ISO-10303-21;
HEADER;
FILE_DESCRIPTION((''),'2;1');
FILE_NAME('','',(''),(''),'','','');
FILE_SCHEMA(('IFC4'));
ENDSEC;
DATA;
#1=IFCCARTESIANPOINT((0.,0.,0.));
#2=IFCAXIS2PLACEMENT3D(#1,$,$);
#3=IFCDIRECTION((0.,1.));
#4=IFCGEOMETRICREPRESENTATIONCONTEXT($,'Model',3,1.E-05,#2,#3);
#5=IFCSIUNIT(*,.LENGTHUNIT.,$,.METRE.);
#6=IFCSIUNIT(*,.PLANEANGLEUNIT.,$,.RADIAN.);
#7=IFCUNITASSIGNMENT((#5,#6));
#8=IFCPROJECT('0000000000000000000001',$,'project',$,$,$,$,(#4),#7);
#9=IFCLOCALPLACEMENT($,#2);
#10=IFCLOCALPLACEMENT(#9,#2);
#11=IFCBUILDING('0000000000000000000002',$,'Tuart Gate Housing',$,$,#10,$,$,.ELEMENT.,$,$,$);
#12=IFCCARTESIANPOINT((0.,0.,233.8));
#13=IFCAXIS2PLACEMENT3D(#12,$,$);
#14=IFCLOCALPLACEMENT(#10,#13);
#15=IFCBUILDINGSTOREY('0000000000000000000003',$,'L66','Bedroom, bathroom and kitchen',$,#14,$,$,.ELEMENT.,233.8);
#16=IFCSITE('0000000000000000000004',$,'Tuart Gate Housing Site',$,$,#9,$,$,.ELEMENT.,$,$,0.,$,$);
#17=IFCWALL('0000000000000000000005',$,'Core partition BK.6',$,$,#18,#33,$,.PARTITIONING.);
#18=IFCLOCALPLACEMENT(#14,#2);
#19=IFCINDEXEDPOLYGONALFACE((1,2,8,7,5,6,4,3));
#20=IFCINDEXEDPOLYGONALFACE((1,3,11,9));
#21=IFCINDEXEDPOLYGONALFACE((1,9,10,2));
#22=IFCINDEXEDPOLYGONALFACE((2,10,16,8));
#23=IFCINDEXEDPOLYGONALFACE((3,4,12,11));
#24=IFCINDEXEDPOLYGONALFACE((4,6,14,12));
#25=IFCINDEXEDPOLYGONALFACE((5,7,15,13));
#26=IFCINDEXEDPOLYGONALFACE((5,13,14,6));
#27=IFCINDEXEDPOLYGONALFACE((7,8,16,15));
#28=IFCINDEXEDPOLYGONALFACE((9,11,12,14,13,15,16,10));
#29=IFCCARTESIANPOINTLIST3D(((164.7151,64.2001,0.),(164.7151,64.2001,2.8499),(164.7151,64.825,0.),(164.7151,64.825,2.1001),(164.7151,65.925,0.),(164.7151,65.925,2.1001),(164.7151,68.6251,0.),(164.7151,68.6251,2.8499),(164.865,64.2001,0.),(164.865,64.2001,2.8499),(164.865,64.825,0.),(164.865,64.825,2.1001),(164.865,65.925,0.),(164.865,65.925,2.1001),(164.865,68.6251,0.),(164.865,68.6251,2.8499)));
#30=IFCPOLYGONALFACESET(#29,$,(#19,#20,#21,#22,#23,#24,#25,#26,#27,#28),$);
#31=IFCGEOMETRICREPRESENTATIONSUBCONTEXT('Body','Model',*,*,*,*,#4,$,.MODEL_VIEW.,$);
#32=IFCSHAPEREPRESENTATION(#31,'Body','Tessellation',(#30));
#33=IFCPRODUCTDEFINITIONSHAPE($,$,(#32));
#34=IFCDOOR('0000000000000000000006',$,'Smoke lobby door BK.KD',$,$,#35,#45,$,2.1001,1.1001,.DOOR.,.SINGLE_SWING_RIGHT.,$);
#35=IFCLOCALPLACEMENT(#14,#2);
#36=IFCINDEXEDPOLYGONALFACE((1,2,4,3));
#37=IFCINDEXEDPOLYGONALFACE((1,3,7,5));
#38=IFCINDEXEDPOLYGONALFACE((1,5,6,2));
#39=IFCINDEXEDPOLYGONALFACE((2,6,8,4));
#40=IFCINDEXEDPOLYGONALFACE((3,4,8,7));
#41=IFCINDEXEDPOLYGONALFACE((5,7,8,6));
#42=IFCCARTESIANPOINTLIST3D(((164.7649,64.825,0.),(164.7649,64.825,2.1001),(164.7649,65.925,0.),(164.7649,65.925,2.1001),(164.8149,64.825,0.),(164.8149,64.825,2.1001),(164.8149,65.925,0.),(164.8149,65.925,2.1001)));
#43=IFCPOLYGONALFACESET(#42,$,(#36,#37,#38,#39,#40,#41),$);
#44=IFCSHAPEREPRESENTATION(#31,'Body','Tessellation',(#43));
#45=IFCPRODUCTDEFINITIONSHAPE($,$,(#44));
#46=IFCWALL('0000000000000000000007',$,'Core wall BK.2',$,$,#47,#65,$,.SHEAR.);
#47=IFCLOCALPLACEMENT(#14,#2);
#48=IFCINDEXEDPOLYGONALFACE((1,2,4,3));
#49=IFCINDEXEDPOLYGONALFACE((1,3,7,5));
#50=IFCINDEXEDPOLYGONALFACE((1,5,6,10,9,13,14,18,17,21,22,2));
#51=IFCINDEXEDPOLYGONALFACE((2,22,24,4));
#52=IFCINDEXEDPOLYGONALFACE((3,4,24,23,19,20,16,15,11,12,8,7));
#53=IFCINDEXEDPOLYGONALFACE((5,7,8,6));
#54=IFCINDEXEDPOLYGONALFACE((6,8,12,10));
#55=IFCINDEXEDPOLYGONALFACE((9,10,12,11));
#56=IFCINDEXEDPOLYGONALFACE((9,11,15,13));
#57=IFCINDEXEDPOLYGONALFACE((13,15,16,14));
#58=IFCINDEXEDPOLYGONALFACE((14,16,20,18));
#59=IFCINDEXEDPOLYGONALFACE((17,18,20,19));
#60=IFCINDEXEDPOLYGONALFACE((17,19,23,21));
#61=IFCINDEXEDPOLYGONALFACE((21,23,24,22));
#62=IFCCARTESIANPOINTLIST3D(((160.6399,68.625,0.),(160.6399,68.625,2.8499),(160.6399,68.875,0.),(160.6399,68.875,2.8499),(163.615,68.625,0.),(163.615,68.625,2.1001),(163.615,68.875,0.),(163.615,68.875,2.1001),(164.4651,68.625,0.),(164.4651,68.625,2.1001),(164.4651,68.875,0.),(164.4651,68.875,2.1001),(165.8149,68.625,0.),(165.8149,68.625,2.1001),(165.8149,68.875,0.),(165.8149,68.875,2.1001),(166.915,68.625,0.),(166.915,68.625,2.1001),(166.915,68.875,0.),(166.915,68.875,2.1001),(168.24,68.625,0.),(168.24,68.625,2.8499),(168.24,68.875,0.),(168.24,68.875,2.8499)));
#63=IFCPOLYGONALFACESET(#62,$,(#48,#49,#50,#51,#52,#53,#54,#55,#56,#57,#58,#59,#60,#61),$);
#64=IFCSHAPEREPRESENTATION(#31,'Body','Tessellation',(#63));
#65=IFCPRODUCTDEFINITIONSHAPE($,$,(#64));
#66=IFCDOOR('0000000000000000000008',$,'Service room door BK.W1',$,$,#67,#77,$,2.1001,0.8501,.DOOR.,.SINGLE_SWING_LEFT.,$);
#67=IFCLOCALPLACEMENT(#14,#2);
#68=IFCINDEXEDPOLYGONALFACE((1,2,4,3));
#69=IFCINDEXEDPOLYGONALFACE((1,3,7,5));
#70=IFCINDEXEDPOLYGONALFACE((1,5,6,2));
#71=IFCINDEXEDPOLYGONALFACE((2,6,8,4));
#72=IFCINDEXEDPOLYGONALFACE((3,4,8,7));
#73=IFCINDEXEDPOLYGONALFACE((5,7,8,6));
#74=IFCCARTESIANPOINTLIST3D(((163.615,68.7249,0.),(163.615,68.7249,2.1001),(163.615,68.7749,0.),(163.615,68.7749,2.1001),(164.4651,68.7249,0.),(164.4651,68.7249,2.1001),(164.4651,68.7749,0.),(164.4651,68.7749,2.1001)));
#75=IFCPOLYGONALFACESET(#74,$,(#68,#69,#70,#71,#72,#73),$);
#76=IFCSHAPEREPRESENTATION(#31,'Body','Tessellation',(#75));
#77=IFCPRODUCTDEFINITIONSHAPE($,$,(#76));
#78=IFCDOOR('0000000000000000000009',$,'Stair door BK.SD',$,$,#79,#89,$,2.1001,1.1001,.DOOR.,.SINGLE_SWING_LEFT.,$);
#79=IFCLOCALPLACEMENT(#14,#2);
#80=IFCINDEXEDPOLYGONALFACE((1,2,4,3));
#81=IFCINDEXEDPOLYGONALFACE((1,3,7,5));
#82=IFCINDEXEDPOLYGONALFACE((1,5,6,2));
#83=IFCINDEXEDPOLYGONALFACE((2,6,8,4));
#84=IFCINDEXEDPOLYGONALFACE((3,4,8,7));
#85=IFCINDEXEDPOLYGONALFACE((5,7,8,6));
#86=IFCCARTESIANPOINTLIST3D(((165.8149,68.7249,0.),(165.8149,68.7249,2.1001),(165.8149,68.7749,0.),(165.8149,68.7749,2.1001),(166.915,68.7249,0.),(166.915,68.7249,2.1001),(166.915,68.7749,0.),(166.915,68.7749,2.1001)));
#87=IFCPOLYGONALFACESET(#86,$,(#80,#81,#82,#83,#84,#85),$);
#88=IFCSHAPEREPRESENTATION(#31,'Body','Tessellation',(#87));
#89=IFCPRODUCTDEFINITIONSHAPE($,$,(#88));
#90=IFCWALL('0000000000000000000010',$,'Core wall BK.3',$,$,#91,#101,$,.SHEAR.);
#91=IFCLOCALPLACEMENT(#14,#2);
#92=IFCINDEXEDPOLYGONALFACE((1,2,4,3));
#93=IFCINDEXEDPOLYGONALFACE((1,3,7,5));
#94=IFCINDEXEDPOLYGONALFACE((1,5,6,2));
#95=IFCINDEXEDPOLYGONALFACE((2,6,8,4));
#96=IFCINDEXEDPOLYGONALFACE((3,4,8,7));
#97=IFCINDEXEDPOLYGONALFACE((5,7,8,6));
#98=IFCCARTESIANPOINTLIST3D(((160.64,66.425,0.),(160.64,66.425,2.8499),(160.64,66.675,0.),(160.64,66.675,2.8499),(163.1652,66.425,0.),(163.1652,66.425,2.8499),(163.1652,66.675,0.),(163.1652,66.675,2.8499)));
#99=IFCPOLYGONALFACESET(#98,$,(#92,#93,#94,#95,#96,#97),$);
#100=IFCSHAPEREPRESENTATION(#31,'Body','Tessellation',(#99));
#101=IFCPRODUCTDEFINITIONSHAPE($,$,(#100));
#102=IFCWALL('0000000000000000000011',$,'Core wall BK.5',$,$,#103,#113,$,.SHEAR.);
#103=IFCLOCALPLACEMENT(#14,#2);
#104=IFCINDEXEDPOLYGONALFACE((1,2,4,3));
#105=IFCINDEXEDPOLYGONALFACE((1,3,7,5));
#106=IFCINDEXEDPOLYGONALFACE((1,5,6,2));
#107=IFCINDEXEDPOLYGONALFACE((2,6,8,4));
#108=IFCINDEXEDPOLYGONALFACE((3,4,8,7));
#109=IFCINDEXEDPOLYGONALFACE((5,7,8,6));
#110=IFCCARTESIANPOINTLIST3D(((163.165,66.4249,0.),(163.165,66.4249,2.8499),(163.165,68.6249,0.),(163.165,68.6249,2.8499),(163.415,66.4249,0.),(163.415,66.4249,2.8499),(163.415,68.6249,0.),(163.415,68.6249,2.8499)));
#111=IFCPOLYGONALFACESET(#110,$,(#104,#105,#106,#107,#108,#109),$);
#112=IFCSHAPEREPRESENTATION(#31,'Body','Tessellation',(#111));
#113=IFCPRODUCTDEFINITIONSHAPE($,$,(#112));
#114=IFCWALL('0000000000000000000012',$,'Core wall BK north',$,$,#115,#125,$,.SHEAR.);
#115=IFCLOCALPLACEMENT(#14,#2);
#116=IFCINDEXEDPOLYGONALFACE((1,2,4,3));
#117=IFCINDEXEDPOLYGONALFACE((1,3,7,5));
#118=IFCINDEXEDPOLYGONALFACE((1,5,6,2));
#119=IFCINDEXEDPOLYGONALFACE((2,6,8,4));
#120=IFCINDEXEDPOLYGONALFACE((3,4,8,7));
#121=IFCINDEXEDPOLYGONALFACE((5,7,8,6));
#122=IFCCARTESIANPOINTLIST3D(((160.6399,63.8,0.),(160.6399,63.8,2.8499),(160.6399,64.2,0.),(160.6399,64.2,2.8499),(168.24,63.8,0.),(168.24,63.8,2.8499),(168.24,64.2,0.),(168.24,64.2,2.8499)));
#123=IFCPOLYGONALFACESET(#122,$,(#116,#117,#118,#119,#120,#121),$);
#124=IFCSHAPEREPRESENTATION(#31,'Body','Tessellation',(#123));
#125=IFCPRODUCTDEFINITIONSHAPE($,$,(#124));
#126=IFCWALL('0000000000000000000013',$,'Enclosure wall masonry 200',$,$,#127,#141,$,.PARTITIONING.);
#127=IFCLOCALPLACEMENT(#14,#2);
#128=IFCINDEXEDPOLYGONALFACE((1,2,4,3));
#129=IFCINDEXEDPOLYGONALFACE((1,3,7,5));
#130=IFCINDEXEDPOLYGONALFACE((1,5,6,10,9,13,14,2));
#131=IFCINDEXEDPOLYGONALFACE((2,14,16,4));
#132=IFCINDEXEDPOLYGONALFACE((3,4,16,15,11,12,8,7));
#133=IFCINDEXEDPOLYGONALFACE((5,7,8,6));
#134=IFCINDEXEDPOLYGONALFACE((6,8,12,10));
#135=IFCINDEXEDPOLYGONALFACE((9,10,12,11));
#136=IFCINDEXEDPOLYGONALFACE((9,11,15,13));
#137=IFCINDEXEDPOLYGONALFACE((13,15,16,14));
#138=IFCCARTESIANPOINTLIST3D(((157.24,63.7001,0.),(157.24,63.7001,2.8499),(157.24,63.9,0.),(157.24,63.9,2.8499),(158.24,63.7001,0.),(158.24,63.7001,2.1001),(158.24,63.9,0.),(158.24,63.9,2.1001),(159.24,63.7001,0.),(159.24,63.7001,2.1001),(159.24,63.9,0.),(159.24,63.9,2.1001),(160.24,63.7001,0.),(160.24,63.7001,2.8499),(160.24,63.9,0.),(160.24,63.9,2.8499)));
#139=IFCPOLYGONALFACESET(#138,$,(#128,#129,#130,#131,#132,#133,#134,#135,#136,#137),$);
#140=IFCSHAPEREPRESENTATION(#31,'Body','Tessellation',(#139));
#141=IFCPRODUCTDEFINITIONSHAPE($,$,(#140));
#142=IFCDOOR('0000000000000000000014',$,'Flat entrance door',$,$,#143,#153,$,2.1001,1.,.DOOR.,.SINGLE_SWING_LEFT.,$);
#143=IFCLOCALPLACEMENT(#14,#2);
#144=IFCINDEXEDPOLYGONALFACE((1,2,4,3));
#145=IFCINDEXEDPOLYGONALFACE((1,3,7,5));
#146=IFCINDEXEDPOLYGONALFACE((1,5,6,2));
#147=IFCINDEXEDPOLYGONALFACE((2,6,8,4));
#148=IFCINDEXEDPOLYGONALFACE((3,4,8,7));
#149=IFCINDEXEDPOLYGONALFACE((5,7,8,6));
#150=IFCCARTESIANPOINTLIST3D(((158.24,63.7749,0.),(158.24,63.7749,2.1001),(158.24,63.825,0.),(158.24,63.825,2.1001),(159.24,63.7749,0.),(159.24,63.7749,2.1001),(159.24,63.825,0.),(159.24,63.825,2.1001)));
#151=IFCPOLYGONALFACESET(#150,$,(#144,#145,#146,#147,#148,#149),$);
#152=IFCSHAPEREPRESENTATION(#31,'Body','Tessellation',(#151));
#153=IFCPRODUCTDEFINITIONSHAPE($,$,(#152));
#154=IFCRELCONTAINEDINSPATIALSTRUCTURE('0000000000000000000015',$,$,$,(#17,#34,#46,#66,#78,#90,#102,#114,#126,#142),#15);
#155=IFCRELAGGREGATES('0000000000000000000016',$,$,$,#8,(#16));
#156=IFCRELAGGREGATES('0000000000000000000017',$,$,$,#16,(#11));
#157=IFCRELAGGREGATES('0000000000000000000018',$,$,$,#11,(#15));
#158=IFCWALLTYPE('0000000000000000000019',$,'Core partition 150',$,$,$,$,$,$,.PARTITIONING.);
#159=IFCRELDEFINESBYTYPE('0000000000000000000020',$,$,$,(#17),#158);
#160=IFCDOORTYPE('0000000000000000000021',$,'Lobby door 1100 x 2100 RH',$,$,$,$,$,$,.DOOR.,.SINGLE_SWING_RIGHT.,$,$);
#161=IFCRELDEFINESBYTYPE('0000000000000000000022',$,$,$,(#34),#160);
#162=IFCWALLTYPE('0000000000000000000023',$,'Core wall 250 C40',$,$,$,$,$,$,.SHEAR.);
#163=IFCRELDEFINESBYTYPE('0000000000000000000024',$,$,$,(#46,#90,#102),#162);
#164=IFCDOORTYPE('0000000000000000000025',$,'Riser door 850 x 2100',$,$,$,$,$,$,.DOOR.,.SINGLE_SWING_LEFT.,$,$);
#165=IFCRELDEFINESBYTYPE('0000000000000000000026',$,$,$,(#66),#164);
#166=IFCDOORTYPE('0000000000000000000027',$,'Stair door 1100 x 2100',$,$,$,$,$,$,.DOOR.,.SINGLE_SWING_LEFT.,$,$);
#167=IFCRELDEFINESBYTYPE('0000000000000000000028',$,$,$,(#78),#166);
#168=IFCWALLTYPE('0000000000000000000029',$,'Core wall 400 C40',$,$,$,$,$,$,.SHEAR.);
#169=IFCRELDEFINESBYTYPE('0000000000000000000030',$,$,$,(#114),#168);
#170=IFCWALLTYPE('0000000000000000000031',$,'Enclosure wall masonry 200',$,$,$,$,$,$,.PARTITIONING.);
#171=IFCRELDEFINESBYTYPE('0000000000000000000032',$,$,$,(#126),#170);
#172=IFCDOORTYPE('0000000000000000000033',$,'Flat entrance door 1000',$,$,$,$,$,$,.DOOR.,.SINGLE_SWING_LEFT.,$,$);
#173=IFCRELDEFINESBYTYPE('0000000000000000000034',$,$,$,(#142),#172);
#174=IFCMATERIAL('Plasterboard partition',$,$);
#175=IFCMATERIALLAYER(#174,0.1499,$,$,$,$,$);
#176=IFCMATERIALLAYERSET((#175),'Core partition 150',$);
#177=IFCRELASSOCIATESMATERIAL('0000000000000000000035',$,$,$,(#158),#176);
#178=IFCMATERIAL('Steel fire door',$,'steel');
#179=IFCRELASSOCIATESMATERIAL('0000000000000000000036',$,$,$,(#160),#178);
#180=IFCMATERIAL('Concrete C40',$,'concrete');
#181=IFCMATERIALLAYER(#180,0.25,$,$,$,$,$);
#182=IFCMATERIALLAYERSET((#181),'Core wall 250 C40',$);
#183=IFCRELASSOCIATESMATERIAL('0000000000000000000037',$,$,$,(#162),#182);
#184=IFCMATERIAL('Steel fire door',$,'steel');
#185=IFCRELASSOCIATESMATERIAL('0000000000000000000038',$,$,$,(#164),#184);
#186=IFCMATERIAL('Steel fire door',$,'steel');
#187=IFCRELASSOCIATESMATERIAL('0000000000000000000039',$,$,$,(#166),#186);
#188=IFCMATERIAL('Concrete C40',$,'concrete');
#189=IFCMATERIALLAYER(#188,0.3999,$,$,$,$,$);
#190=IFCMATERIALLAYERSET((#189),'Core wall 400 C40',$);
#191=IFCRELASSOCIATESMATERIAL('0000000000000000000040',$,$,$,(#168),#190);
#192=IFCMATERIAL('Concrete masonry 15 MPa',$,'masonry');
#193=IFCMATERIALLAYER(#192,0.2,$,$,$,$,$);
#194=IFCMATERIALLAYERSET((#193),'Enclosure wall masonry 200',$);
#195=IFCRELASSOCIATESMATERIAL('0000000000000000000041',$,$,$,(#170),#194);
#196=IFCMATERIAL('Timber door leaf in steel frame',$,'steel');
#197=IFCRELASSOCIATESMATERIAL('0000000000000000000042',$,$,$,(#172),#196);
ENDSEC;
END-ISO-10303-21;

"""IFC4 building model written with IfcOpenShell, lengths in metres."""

from ifc_helpers import new_model, si_unit, direction, frame, frame_2d, origin, place, context, subcontext, project, spatial, rectangle, extrude, material, layer, layer_set, type_object, element, fill, save


model = new_model("IFC4")

# Units and contexts
model_context = context("Model", 3, precision=1e-05, world=origin(), true_north=direction((0.0, 1.0)))
body_context = subcontext(model_context, "Body", "Model", "MODEL_VIEW")
ifc_project = project(units=[si_unit("LENGTHUNIT", "METRE"), si_unit("PLANEANGLEUNIT", "RADIAN")], contexts=[model_context])

# Site, building, storey
site_placement = place(None, origin())
site = spatial("IfcSite", under=ifc_project, at=site_placement, Name="Tuart Gate Housing Site", CompositionType="ELEMENT", RefElevation=0.0)
building_placement = place(site_placement, origin())
building = spatial("IfcBuilding", under=site, at=building_placement, Name="Tuart Gate Housing", CompositionType="ELEMENT")
storey_placement = place(building_placement, frame((0.0, 0.0, 233.8)))
storey = spatial("IfcBuildingStorey", under=building, at=storey_placement, Name="L66", Description="Bedroom, bathroom and kitchen", CompositionType="ELEMENT", Elevation=233.8)

# Wall, opening, door
ifc_material_1 = material(Name="Plasterboard partition")
ifc_layer_1 = layer(ifc_material_1, 0.1499)
ifc_layer_set_1 = layer_set([ifc_layer_1], Name="Core partition 150")
wall_type_1 = type_object("IfcWallType", Name="Core partition 150", PredefinedType="PARTITIONING", material=ifc_layer_set_1)
wall_1_placement = place(storey_placement, frame((164.79, 68.625, 0.0), z_axis=(0.0, 0.0, 1.0), x_axis=(0.0, -1.0, 0.0)))
wall_1 = element("IfcWall", 1, at=wall_1_placement, inside=storey, type_object=wall_type_1, Name="Core partition BK.6", PredefinedType="PARTITIONING", context=body_context, shape_type="SweptSolid", body=[
    extrude(rectangle(XDim=4.425, YDim=0.1499, at=frame_2d((2.2124, 0.0))), origin(), (0.0, 0.0, 1.0), 2.8499),
])
opening_1_placement = place(wall_1_placement, frame((2.7, 0.0, 0.0)))
opening_1 = element("IfcOpeningElement", 2, at=opening_1_placement, cuts=wall_1, PredefinedType="OPENING", context=body_context, shape_type="SweptSolid", body=[
    extrude(rectangle(XDim=1.1001, YDim=2.1001, at=frame_2d((0.55, 1.05))), frame((0.0, 0.085, 0.0), z_axis=(0.0, -1.0, 0.0), x_axis=(1.0, 0.0, 0.0)), (0.0, 0.0, 1.0), 0.1699),
])
ifc_material_2 = material(Name="Steel fire door", Category="steel")
door_type_1 = type_object("IfcDoorType", Name="Lobby door 1100 x 2100 RH", OperationType="SINGLE_SWING_RIGHT", PredefinedType="DOOR", material=ifc_material_2)
door_1_placement = place(opening_1_placement, origin())
door_1 = element("IfcDoor", 3, at=door_1_placement, inside=storey, type_object=door_type_1, Name="Smoke lobby door BK.KD", OperationType="SINGLE_SWING_RIGHT", OverallHeight=2.1001, OverallWidth=1.1001, PredefinedType="DOOR", context=body_context, shape_type="SweptSolid", body=[
    extrude(rectangle(XDim=1.1001, YDim=2.1001, at=frame_2d((0.55, 1.05))), frame((0.0, 0.0249, 0.0), z_axis=(0.0, -1.0, 0.0), x_axis=(1.0, 0.0, 0.0)), (0.0, 0.0, 1.0), 0.05),
])
fill(opening_1, door_1)

# Wall, openings, doors
ifc_material_3 = material(Name="Concrete C40", Category="concrete")
ifc_layer_2 = layer(ifc_material_3, 0.25)
ifc_layer_set_2 = layer_set([ifc_layer_2], Name="Core wall 250 C40")
wall_type_2 = type_object("IfcWallType", Name="Core wall 250 C40", PredefinedType="SHEAR", material=ifc_layer_set_2)
wall_2_placement = place(storey_placement, frame((160.6399, 68.75, 0.0), z_axis=(0.0, 0.0, 1.0), x_axis=(1.0, 0.0, 0.0)))
wall_2 = element("IfcWall", 4, at=wall_2_placement, inside=storey, type_object=wall_type_2, Name="Core wall BK.2", PredefinedType="SHEAR", context=body_context, shape_type="SweptSolid", body=[
    extrude(rectangle(XDim=7.6001, YDim=0.25, at=frame_2d((3.8, 0.0))), origin(), (0.0, 0.0, 1.0), 2.8499),
])
opening_2_placement = place(wall_2_placement, frame((5.175, 0.0, 0.0)))
opening_2 = element("IfcOpeningElement", 5, at=opening_2_placement, cuts=wall_2, PredefinedType="OPENING", context=body_context, shape_type="SweptSolid", body=[
    extrude(rectangle(XDim=1.1001, YDim=2.1001, at=frame_2d((0.55, 1.05))), frame((0.0, 0.135, 0.0), z_axis=(0.0, -1.0, 0.0), x_axis=(1.0, 0.0, 0.0)), (0.0, 0.0, 1.0), 0.27),
])
opening_3_placement = place(wall_2_placement, frame((2.9751, 0.0, 0.0)))
opening_3 = element("IfcOpeningElement", 6, at=opening_3_placement, cuts=wall_2, PredefinedType="OPENING", context=body_context, shape_type="SweptSolid", body=[
    extrude(rectangle(XDim=0.8501, YDim=2.1001, at=frame_2d((0.425, 1.05))), frame((0.0, 0.135, 0.0), z_axis=(0.0, -1.0, 0.0), x_axis=(1.0, 0.0, 0.0)), (0.0, 0.0, 1.0), 0.27),
])
ifc_material_4 = material(Name="Steel fire door", Category="steel")
door_type_2 = type_object("IfcDoorType", Name="Riser door 850 x 2100", OperationType="SINGLE_SWING_LEFT", PredefinedType="DOOR", material=ifc_material_4)
door_2_placement = place(opening_3_placement, origin())
door_2 = element("IfcDoor", 7, at=door_2_placement, inside=storey, type_object=door_type_2, Name="Service room door BK.W1", OperationType="SINGLE_SWING_LEFT", OverallHeight=2.1001, OverallWidth=0.8501, PredefinedType="DOOR", context=body_context, shape_type="SweptSolid", body=[
    extrude(rectangle(XDim=0.8501, YDim=2.1001, at=frame_2d((0.425, 1.05))), frame((0.0, 0.0249, 0.0), z_axis=(0.0, -1.0, 0.0), x_axis=(1.0, 0.0, 0.0)), (0.0, 0.0, 1.0), 0.05),
])
fill(opening_3, door_2)
ifc_material_5 = material(Name="Steel fire door", Category="steel")
door_type_3 = type_object("IfcDoorType", Name="Stair door 1100 x 2100", OperationType="SINGLE_SWING_LEFT", PredefinedType="DOOR", material=ifc_material_5)
door_3_placement = place(opening_2_placement, origin())
door_3 = element("IfcDoor", 8, at=door_3_placement, inside=storey, type_object=door_type_3, Name="Stair door BK.SD", OperationType="SINGLE_SWING_LEFT", OverallHeight=2.1001, OverallWidth=1.1001, PredefinedType="DOOR", context=body_context, shape_type="SweptSolid", body=[
    extrude(rectangle(XDim=1.1001, YDim=2.1001, at=frame_2d((0.55, 1.05))), frame((0.0, 0.0249, 0.0), z_axis=(0.0, -1.0, 0.0), x_axis=(1.0, 0.0, 0.0)), (0.0, 0.0, 1.0), 0.05),
])
fill(opening_2, door_3)

# Walls
wall_3_placement = place(storey_placement, frame((160.6399, 66.55, 0.0), z_axis=(0.0, 0.0, 1.0), x_axis=(1.0, 0.0, 0.0)))
element("IfcWall", 9, at=wall_3_placement, inside=storey, type_object=wall_type_2, Name="Core wall BK.3", PredefinedType="SHEAR", context=body_context, shape_type="SweptSolid", body=[
    extrude(rectangle(XDim=2.5251, YDim=0.25, at=frame_2d((1.2627, 0.0))), origin(), (0.0, 0.0, 1.0), 2.8499),
])
wall_4_placement = place(storey_placement, frame((163.29, 68.625, 0.0), z_axis=(0.0, 0.0, 1.0), x_axis=(0.0, -1.0, 0.0)))
element("IfcWall", 10, at=wall_4_placement, inside=storey, type_object=wall_type_2, Name="Core wall BK.5", PredefinedType="SHEAR", context=body_context, shape_type="SweptSolid", body=[
    extrude(rectangle(XDim=2.2, YDim=0.25, at=frame_2d((1.1001, 0.0))), origin(), (0.0, 0.0, 1.0), 2.8499),
])
ifc_material_6 = material(Name="Concrete C40", Category="concrete")
ifc_layer_3 = layer(ifc_material_6, 0.3999)
ifc_layer_set_3 = layer_set([ifc_layer_3], Name="Core wall 400 C40")
wall_type_3 = type_object("IfcWallType", Name="Core wall 400 C40", PredefinedType="SHEAR", material=ifc_layer_set_3)
wall_5_placement = place(storey_placement, frame((160.6399, 64.0, 0.0), z_axis=(0.0, 0.0, 1.0), x_axis=(1.0, 0.0, 0.0)))
element("IfcWall", 11, at=wall_5_placement, inside=storey, type_object=wall_type_3, Name="Core wall BK north", PredefinedType="SHEAR", context=body_context, shape_type="SweptSolid", body=[
    extrude(rectangle(XDim=7.6001, YDim=0.3999, at=frame_2d((3.8, 0.0))), origin(), (0.0, 0.0, 1.0), 2.8499),
])

# Wall, opening, door
ifc_material_7 = material(Name="Concrete masonry 15 MPa", Category="masonry")
ifc_layer_4 = layer(ifc_material_7, 0.2)
ifc_layer_set_4 = layer_set([ifc_layer_4], Name="Enclosure wall masonry 200")
wall_type_4 = type_object("IfcWallType", Name="Enclosure wall masonry 200", PredefinedType="PARTITIONING", material=ifc_layer_set_4)
wall_6_placement = place(storey_placement, frame((157.24, 63.8, 0.0), z_axis=(0.0, 0.0, 1.0), x_axis=(1.0, 0.0, 0.0)))
wall_6 = element("IfcWall", 12, at=wall_6_placement, inside=storey, type_object=wall_type_4, Name="Enclosure wall masonry 200", PredefinedType="PARTITIONING", context=body_context, shape_type="SweptSolid", body=[
    extrude(rectangle(XDim=3.0, YDim=0.2, at=frame_2d((1.5, 0.0))), origin(), (0.0, 0.0, 1.0), 2.8499),
])
opening_4_placement = place(wall_6_placement, frame((1.0, 0.0, 0.0)))
opening_4 = element("IfcOpeningElement", 13, at=opening_4_placement, cuts=wall_6, PredefinedType="OPENING", context=body_context, shape_type="SweptSolid", body=[
    extrude(rectangle(XDim=1.0, YDim=2.1001, at=frame_2d((0.5, 1.05))), frame((0.0, 0.1099, 0.0), z_axis=(0.0, -1.0, 0.0), x_axis=(1.0, 0.0, 0.0)), (0.0, 0.0, 1.0), 0.22),
])
ifc_material_8 = material(Name="Timber door leaf in steel frame", Category="steel")
door_type_4 = type_object("IfcDoorType", Name="Flat entrance door 1000", OperationType="SINGLE_SWING_LEFT", PredefinedType="DOOR", material=ifc_material_8)
door_4_placement = place(opening_4_placement, frame((1.0, 0.0, 0.0), z_axis=(0.0, 0.0, 1.0), x_axis=(-1.0, 0.0, 0.0)))
door_4 = element("IfcDoor", 14, at=door_4_placement, inside=storey, type_object=door_type_4, Name="Flat entrance door", OperationType="SINGLE_SWING_LEFT", OverallHeight=2.1001, OverallWidth=1.0, PredefinedType="DOOR", context=body_context, shape_type="SweptSolid", body=[
    extrude(rectangle(XDim=1.0, YDim=2.1001, at=frame_2d((0.5, 1.05))), frame((0.0, 0.0251, 0.0), z_axis=(0.0, -1.0, 0.0), x_axis=(1.0, 0.0, 0.0)), (0.0, 0.0, 1.0), 0.05),
])
fill(opening_4, door_4)

save(model, "model.ifc")
